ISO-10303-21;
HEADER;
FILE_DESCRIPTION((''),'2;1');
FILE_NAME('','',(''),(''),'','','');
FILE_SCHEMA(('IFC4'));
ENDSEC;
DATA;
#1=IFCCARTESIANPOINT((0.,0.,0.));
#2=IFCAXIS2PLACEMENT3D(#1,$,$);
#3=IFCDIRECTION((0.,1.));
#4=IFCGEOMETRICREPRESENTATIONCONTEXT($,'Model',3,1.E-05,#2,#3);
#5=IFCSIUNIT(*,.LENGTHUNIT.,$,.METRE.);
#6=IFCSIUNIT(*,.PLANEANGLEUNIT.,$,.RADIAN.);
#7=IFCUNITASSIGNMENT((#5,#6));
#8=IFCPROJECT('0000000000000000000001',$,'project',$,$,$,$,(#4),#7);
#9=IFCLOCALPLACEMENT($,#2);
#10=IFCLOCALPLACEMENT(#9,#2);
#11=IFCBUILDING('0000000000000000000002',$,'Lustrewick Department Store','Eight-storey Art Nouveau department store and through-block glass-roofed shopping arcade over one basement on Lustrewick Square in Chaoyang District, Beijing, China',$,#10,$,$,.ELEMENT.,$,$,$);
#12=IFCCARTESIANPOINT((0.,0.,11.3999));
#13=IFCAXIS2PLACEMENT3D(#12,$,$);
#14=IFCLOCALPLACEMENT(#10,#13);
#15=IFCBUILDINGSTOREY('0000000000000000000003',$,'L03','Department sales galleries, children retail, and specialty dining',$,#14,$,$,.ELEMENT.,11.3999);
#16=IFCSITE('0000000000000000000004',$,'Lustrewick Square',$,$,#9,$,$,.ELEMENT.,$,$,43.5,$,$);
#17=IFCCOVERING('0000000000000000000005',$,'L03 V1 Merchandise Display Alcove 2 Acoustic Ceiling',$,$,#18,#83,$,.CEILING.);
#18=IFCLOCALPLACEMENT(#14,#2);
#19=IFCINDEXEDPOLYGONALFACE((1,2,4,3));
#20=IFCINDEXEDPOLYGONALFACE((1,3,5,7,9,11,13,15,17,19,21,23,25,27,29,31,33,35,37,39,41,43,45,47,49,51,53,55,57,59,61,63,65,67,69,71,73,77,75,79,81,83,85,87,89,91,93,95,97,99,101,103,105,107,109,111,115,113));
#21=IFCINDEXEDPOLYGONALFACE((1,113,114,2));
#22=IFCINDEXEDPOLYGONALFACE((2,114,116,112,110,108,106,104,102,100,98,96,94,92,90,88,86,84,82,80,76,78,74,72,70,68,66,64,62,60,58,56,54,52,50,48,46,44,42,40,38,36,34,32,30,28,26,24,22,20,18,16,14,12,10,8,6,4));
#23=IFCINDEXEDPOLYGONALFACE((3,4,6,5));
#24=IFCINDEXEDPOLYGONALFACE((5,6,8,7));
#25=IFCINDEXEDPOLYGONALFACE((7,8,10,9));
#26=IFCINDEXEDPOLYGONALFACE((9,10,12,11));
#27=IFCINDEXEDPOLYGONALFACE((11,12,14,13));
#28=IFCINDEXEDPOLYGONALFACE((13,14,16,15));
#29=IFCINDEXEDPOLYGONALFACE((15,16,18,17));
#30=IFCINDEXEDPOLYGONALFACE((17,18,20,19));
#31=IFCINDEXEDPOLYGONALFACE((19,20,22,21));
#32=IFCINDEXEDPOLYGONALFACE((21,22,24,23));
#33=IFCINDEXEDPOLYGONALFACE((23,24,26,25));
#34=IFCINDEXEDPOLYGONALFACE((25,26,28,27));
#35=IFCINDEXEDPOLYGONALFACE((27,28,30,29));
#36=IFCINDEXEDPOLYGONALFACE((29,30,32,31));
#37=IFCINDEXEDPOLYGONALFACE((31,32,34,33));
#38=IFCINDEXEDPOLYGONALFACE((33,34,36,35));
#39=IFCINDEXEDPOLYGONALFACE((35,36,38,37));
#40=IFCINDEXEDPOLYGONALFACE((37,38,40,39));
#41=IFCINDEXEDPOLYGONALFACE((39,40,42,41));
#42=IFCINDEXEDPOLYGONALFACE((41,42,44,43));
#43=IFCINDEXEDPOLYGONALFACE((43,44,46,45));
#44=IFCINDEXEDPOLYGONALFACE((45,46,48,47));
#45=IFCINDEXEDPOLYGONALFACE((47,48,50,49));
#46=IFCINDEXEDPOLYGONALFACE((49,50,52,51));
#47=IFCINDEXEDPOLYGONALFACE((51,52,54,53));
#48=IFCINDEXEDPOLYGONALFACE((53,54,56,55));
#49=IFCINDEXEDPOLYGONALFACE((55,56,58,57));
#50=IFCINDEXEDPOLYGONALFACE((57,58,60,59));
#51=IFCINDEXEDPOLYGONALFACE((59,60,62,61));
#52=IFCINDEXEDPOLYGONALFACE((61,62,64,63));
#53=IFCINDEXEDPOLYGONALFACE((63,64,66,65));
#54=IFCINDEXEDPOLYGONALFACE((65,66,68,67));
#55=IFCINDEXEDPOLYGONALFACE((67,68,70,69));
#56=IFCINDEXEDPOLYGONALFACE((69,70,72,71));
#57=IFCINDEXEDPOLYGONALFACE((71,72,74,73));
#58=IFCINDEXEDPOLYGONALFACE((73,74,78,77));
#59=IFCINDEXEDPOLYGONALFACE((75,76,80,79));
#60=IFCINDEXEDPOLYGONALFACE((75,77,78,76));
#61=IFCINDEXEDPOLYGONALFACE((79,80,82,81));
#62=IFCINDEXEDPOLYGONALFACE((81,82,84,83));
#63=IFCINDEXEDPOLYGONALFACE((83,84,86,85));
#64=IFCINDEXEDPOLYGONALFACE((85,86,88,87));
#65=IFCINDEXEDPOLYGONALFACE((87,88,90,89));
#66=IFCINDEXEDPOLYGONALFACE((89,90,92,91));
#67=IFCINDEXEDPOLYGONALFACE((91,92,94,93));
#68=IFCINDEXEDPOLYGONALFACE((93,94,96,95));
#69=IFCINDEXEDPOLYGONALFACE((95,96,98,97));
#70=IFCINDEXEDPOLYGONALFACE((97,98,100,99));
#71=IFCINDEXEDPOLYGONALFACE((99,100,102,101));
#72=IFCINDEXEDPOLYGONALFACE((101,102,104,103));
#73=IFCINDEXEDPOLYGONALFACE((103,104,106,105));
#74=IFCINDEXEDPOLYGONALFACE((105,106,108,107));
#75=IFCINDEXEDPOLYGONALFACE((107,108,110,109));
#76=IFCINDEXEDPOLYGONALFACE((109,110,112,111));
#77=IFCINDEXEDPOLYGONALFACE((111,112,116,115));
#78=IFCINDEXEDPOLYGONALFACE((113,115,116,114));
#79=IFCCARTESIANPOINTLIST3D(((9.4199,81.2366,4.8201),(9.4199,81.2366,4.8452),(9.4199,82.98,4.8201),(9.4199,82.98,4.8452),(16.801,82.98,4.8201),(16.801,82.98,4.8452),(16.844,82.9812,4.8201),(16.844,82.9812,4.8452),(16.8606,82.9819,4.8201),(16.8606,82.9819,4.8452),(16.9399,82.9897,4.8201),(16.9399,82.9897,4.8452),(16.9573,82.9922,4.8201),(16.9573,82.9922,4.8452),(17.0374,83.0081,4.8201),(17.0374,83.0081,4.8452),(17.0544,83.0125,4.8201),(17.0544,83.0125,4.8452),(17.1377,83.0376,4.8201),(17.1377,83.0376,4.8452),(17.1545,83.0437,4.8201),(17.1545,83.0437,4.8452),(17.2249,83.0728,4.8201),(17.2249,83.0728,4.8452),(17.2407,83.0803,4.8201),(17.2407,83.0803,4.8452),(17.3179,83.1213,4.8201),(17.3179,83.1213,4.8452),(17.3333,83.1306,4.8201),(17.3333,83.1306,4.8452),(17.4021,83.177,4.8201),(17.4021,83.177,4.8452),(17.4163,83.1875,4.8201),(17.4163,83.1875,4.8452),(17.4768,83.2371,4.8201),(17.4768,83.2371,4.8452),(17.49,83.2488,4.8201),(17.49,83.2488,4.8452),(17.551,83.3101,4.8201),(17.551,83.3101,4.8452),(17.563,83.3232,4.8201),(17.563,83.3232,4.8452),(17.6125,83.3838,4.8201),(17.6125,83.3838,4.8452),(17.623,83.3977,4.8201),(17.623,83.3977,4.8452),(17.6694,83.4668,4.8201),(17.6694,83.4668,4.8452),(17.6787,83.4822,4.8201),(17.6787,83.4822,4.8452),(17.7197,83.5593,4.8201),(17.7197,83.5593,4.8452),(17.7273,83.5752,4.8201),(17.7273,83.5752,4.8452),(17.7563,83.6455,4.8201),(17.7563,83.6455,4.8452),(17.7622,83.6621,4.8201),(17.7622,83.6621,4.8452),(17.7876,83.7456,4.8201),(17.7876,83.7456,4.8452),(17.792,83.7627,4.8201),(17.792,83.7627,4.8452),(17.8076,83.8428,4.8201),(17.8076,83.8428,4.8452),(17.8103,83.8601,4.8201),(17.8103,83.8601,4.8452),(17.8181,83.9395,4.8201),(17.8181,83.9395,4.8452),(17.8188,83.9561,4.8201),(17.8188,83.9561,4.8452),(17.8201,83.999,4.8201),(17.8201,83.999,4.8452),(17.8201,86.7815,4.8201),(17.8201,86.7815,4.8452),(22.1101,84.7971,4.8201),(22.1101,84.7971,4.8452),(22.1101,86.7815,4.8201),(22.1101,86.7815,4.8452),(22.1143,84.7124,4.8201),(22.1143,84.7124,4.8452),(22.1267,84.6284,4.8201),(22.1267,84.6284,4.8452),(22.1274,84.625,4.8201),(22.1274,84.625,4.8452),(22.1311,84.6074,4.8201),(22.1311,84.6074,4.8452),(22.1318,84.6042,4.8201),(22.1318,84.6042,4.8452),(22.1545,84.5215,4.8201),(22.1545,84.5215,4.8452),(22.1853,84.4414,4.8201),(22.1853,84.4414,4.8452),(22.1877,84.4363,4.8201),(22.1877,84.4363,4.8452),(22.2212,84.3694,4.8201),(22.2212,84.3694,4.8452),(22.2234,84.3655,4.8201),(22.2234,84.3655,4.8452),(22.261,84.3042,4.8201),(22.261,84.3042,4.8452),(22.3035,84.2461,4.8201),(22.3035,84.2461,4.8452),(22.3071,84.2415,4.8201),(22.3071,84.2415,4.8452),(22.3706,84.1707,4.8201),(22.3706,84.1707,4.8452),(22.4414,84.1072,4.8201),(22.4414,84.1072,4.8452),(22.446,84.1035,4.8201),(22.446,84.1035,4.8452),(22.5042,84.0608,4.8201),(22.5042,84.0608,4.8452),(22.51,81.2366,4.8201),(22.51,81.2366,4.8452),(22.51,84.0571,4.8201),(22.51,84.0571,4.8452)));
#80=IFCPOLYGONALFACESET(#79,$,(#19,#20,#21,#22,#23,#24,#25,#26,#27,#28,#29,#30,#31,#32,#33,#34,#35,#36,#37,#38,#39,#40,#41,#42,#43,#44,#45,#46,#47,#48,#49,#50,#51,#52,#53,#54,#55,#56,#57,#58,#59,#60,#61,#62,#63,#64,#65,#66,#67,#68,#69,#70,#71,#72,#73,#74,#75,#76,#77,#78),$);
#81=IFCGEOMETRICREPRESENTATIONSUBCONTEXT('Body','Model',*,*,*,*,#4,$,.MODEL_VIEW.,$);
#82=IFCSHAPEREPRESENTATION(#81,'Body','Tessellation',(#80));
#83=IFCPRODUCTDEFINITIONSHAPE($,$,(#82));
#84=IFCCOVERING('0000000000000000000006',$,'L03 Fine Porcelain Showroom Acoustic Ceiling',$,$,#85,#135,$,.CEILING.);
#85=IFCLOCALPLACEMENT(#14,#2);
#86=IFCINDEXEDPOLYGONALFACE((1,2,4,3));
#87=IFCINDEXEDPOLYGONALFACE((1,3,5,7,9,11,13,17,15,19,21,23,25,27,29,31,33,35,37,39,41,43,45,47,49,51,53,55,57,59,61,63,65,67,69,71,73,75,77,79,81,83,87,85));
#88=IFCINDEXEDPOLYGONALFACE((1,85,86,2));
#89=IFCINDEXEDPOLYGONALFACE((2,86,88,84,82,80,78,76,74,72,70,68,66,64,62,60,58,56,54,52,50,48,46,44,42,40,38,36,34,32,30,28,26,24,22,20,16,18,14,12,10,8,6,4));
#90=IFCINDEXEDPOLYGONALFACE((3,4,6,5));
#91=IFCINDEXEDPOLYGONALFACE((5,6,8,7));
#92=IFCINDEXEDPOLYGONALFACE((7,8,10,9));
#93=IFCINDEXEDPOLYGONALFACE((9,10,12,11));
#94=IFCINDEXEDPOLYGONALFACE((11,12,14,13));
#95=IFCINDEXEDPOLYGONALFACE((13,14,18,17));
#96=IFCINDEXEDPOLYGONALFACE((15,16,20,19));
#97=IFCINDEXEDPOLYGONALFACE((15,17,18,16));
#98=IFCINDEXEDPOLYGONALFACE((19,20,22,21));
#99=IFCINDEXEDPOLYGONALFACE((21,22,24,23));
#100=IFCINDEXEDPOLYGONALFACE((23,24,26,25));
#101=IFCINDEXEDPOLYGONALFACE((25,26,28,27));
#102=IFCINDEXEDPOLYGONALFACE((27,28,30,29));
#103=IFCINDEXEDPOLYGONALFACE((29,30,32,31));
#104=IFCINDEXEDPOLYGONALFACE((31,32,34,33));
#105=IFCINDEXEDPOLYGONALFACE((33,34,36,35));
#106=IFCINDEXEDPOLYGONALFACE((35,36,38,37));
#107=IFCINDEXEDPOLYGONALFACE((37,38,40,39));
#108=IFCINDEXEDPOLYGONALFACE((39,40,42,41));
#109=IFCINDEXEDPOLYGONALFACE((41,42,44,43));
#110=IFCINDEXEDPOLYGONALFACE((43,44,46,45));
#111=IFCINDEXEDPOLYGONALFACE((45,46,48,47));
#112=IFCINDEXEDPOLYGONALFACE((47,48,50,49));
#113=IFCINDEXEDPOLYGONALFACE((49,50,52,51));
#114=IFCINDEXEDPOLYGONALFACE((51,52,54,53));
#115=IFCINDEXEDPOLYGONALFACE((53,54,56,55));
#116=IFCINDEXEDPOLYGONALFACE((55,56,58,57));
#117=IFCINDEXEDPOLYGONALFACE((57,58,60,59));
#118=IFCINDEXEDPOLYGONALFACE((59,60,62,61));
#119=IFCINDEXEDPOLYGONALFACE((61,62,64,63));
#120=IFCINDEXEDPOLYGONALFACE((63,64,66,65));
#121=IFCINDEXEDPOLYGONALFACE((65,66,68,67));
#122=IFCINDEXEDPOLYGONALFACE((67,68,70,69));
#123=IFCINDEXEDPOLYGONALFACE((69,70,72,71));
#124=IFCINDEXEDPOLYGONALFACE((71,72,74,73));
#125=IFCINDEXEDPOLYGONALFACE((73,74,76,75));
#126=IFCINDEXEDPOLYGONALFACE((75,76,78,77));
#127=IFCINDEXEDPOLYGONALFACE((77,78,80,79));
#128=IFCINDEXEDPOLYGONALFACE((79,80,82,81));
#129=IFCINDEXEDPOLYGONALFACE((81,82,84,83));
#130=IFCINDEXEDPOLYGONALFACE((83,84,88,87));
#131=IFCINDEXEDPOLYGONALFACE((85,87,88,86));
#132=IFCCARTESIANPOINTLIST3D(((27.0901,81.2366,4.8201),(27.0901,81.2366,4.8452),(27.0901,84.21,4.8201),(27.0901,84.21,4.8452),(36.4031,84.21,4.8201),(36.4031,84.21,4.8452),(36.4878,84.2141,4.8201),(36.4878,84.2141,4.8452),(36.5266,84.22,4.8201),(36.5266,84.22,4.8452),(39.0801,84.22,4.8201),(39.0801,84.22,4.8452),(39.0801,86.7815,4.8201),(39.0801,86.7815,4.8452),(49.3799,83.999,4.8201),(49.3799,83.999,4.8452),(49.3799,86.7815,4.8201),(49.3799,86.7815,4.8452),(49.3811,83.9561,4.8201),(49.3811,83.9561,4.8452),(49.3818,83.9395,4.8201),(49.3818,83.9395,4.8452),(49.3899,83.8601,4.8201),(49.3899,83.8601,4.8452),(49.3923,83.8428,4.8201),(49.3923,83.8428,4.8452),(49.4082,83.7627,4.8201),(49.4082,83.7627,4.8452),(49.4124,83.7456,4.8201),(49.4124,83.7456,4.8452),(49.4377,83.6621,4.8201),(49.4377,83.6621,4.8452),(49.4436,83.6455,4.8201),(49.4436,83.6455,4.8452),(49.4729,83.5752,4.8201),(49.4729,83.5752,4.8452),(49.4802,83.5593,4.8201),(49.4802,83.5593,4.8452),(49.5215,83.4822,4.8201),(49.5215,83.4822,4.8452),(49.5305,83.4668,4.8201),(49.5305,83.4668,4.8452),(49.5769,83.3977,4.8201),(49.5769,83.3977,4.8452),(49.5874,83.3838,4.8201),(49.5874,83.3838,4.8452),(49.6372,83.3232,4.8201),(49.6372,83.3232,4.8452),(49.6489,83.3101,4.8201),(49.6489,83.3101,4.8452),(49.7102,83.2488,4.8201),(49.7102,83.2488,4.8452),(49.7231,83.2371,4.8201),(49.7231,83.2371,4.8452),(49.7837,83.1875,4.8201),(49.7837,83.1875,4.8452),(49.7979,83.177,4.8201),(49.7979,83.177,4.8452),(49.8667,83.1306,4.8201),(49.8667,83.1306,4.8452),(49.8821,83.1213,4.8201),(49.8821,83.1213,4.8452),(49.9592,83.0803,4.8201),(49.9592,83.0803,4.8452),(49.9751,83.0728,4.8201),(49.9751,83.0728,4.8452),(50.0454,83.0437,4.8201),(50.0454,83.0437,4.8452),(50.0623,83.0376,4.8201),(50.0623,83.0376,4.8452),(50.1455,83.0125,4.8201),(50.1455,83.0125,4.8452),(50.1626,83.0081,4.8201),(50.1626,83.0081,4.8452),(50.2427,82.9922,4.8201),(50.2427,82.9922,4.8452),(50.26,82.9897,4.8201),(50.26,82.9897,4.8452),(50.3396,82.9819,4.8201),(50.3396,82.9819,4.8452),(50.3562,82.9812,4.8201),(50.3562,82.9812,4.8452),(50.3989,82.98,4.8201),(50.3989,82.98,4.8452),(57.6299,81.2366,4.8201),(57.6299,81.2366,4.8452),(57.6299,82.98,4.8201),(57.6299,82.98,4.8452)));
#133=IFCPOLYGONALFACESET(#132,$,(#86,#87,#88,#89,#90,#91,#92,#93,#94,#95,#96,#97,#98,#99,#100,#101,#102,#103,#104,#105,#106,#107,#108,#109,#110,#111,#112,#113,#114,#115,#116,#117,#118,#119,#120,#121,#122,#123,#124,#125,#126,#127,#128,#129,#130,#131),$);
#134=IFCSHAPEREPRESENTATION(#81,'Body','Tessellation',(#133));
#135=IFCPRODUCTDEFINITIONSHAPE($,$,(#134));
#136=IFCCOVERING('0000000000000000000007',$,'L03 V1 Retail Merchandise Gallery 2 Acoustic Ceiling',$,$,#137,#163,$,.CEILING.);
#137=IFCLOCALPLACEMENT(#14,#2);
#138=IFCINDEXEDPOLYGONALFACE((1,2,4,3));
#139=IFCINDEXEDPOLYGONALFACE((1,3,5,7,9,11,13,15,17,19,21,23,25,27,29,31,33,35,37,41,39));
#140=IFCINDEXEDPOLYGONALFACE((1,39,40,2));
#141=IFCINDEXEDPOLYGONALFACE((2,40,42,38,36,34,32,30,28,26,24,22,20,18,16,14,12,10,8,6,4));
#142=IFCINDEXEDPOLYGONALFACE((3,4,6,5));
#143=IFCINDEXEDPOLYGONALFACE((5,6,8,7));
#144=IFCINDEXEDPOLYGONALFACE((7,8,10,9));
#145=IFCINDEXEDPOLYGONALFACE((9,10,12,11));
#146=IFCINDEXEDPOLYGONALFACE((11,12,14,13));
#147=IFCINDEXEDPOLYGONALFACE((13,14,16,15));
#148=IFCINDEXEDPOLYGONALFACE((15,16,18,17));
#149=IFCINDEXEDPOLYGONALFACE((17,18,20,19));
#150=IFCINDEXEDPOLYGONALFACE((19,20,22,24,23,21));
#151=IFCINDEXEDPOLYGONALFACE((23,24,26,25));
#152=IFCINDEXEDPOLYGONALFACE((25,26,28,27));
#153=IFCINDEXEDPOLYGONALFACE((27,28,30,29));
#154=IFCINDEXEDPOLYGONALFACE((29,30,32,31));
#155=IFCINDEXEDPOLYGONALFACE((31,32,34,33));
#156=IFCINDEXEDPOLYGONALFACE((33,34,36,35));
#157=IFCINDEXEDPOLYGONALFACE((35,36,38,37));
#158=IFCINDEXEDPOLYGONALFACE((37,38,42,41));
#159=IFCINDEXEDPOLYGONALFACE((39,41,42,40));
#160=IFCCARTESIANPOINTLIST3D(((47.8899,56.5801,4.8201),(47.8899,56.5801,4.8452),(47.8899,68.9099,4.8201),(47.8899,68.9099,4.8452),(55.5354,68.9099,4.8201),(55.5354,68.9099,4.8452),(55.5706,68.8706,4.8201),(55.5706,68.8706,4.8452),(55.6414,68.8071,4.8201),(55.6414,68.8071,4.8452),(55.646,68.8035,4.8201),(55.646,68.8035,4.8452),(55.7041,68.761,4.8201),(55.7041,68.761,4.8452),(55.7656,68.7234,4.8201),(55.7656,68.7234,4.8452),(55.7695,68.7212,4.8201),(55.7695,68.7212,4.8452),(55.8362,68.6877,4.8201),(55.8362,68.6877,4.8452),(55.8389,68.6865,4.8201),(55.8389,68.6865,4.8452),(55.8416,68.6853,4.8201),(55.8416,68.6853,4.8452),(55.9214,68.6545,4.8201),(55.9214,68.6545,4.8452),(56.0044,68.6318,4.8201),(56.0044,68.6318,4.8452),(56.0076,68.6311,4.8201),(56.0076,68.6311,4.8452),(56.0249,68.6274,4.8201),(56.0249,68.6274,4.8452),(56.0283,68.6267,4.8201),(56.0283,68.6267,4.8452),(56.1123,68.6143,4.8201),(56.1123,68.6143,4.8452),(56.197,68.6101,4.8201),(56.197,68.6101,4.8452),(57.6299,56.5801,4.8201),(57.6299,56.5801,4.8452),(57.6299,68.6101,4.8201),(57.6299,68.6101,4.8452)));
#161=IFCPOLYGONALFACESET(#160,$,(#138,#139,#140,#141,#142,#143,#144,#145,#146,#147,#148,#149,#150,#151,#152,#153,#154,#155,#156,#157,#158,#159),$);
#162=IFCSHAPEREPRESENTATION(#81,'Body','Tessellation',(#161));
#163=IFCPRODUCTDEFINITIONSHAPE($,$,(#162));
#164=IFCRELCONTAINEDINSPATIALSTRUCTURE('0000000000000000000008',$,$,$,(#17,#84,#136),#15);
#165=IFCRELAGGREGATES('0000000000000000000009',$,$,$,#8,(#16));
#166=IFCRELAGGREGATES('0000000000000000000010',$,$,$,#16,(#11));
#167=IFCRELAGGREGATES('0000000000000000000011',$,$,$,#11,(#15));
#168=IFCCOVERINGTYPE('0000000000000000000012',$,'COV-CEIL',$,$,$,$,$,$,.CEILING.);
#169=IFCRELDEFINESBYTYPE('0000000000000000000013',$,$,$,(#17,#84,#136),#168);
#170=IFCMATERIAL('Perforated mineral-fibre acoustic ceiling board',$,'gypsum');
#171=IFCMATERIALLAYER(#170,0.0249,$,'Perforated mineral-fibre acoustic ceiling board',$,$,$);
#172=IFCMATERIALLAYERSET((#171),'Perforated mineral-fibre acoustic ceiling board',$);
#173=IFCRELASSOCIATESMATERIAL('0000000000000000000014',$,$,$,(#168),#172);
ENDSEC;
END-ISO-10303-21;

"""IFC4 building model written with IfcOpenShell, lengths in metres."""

from ifc_helpers import new_model, si_unit, direction, frame, origin, place, context, subcontext, project, spatial, polyline, outline, extrude, material, layer, layer_set, type_object, element, save


model = new_model("IFC4")

# Units and contexts
model_context = context("Model", 3, precision=1e-05, world=origin(), true_north=direction((0.0, 1.0)))
body_context = subcontext(model_context, "Body", "Model", "MODEL_VIEW")
ifc_project = project(units=[si_unit("LENGTHUNIT", "METRE"), si_unit("PLANEANGLEUNIT", "RADIAN")], contexts=[model_context])

# Site, building, storey
site_placement = place(None, origin())
site = spatial("IfcSite", under=ifc_project, at=site_placement, Name="Lustrewick Square", CompositionType="ELEMENT", RefElevation=43.5)
building_placement = place(site_placement, origin())
building = spatial("IfcBuilding", under=site, at=building_placement, Name="Lustrewick Department Store", Description="Eight-storey Art Nouveau department store and through-block glass-roofed shopping arcade over one basement on Lustrewick Square in Chaoyang District, Beijing, China", CompositionType="ELEMENT")
storey_placement = place(building_placement, frame((0.0, 0.0, 11.3999)))
storey = spatial("IfcBuildingStorey", under=building, at=storey_placement, Name="L03", Description="Department sales galleries, children retail, and specialty dining", CompositionType="ELEMENT", Elevation=11.3999)

# Coverings
ifc_material_1 = material(Name="Perforated mineral-fibre acoustic ceiling board", Category="gypsum")
ifc_layer_1 = layer(ifc_material_1, 0.0249, Name="Perforated mineral-fibre acoustic ceiling board")
ifc_layer_set_1 = layer_set([ifc_layer_1], Name="Perforated mineral-fibre acoustic ceiling board")
covering_type_1 = type_object("IfcCoveringType", Name="COV-CEIL", PredefinedType="CEILING", material=ifc_layer_set_1)
covering_1_placement = place(storey_placement, frame((0.0, 0.0, 4.8201)))
element("IfcCovering", 1, at=covering_1_placement, inside=storey, type_object=covering_type_1, Name="L03 V1 Merchandise Display Alcove 2 Acoustic Ceiling", PredefinedType="CEILING", context=body_context, shape_type="SweptSolid", body=[
    extrude(outline(polyline([(16.844, 82.9812), (16.801, 82.98), (9.4199, 82.98), (9.4199, 81.2366), (22.51, 81.2366), (22.51, 84.0571), (22.5042, 84.0608), (22.446, 84.1035), (22.4414, 84.1072), (22.3706, 84.1707), (22.3071, 84.2415), (22.3035, 84.2461), (22.261, 84.3042), (22.2234, 84.3655), (22.2212, 84.3694), (22.1877, 84.4363), (22.1853, 84.4414), (22.1545, 84.5215), (22.1318, 84.6042), (22.1311, 84.6074), (22.1274, 84.625), (22.1267, 84.6284), (22.1143, 84.7124), (22.1101, 84.7971), (22.1101, 86.7815), (17.8201, 86.7815), (17.8201, 83.999), (17.8188, 83.9561), (17.8181, 83.9395), (17.8103, 83.8601), (17.8076, 83.8428), (17.792, 83.7627), (17.7876, 83.7456), (17.7622, 83.6621), (17.7563, 83.6455), (17.7273, 83.5752), (17.7197, 83.5593), (17.6787, 83.4822), (17.6694, 83.4668), (17.623, 83.3977), (17.6125, 83.3838), (17.563, 83.3232), (17.551, 83.3101), (17.49, 83.2488), (17.4768, 83.2371), (17.4163, 83.1875), (17.4021, 83.177), (17.3333, 83.1306), (17.3179, 83.1213), (17.2407, 83.0803), (17.2249, 83.0728), (17.1545, 83.0437), (17.1377, 83.0376), (17.0544, 83.0125), (17.0374, 83.0081), (16.9573, 82.9922), (16.9399, 82.9897), (16.8606, 82.9819), (16.844, 82.9812)])), origin(), (0.0, 0.0, 1.0), 0.0251),
])
covering_2_placement = place(storey_placement, frame((0.0, 0.0, 4.8201)))
element("IfcCovering", 2, at=covering_2_placement, inside=storey, type_object=covering_type_1, Name="L03 Fine Porcelain Showroom Acoustic Ceiling", PredefinedType="CEILING", context=body_context, shape_type="SweptSolid", body=[
    extrude(outline(polyline([(49.3799, 86.7815), (39.0801, 86.7815), (39.0801, 84.22), (36.5266, 84.22), (36.4878, 84.2141), (36.4031, 84.21), (27.0901, 84.21), (27.0901, 81.2366), (57.6299, 81.2366), (57.6299, 82.98), (50.3989, 82.98), (50.3562, 82.9812), (50.3396, 82.9819), (50.26, 82.9897), (50.2427, 82.9922), (50.1626, 83.0081), (50.1455, 83.0125), (50.0623, 83.0376), (50.0454, 83.0437), (49.9751, 83.0728), (49.9592, 83.0803), (49.8821, 83.1213), (49.8667, 83.1306), (49.7979, 83.177), (49.7837, 83.1875), (49.7231, 83.2371), (49.7102, 83.2488), (49.6489, 83.3101), (49.6372, 83.3232), (49.5874, 83.3838), (49.5769, 83.3977), (49.5305, 83.4668), (49.5215, 83.4822), (49.4802, 83.5593), (49.4729, 83.5752), (49.4436, 83.6455), (49.4377, 83.6621), (49.4124, 83.7456), (49.4082, 83.7627), (49.3923, 83.8428), (49.3899, 83.8601), (49.3818, 83.9395), (49.3811, 83.9561), (49.3799, 83.999), (49.3799, 86.7815)])), origin(), (0.0, 0.0, 1.0), 0.0251),
])
covering_3_placement = place(storey_placement, frame((0.0, 0.0, 4.8201)))
element("IfcCovering", 3, at=covering_3_placement, inside=storey, type_object=covering_type_1, Name="L03 V1 Retail Merchandise Gallery 2 Acoustic Ceiling", PredefinedType="CEILING", context=body_context, shape_type="SweptSolid", body=[
    extrude(outline(polyline([(55.5354, 68.9099), (47.8899, 68.9099), (47.8899, 56.5801), (57.6299, 56.5801), (57.6299, 68.6101), (56.197, 68.6101), (56.1123, 68.6143), (56.0283, 68.6267), (56.0249, 68.6274), (56.0076, 68.6311), (56.0044, 68.6318), (55.9214, 68.6545), (55.8416, 68.6853), (55.8389, 68.6865), (55.8362, 68.6877), (55.7695, 68.7212), (55.7656, 68.7234), (55.7041, 68.761), (55.646, 68.8035), (55.6414, 68.8071), (55.5706, 68.8706), (55.5354, 68.9099)])), origin(), (0.0, 0.0, 1.0), 0.0251),
])

save(model, "model.ifc")
